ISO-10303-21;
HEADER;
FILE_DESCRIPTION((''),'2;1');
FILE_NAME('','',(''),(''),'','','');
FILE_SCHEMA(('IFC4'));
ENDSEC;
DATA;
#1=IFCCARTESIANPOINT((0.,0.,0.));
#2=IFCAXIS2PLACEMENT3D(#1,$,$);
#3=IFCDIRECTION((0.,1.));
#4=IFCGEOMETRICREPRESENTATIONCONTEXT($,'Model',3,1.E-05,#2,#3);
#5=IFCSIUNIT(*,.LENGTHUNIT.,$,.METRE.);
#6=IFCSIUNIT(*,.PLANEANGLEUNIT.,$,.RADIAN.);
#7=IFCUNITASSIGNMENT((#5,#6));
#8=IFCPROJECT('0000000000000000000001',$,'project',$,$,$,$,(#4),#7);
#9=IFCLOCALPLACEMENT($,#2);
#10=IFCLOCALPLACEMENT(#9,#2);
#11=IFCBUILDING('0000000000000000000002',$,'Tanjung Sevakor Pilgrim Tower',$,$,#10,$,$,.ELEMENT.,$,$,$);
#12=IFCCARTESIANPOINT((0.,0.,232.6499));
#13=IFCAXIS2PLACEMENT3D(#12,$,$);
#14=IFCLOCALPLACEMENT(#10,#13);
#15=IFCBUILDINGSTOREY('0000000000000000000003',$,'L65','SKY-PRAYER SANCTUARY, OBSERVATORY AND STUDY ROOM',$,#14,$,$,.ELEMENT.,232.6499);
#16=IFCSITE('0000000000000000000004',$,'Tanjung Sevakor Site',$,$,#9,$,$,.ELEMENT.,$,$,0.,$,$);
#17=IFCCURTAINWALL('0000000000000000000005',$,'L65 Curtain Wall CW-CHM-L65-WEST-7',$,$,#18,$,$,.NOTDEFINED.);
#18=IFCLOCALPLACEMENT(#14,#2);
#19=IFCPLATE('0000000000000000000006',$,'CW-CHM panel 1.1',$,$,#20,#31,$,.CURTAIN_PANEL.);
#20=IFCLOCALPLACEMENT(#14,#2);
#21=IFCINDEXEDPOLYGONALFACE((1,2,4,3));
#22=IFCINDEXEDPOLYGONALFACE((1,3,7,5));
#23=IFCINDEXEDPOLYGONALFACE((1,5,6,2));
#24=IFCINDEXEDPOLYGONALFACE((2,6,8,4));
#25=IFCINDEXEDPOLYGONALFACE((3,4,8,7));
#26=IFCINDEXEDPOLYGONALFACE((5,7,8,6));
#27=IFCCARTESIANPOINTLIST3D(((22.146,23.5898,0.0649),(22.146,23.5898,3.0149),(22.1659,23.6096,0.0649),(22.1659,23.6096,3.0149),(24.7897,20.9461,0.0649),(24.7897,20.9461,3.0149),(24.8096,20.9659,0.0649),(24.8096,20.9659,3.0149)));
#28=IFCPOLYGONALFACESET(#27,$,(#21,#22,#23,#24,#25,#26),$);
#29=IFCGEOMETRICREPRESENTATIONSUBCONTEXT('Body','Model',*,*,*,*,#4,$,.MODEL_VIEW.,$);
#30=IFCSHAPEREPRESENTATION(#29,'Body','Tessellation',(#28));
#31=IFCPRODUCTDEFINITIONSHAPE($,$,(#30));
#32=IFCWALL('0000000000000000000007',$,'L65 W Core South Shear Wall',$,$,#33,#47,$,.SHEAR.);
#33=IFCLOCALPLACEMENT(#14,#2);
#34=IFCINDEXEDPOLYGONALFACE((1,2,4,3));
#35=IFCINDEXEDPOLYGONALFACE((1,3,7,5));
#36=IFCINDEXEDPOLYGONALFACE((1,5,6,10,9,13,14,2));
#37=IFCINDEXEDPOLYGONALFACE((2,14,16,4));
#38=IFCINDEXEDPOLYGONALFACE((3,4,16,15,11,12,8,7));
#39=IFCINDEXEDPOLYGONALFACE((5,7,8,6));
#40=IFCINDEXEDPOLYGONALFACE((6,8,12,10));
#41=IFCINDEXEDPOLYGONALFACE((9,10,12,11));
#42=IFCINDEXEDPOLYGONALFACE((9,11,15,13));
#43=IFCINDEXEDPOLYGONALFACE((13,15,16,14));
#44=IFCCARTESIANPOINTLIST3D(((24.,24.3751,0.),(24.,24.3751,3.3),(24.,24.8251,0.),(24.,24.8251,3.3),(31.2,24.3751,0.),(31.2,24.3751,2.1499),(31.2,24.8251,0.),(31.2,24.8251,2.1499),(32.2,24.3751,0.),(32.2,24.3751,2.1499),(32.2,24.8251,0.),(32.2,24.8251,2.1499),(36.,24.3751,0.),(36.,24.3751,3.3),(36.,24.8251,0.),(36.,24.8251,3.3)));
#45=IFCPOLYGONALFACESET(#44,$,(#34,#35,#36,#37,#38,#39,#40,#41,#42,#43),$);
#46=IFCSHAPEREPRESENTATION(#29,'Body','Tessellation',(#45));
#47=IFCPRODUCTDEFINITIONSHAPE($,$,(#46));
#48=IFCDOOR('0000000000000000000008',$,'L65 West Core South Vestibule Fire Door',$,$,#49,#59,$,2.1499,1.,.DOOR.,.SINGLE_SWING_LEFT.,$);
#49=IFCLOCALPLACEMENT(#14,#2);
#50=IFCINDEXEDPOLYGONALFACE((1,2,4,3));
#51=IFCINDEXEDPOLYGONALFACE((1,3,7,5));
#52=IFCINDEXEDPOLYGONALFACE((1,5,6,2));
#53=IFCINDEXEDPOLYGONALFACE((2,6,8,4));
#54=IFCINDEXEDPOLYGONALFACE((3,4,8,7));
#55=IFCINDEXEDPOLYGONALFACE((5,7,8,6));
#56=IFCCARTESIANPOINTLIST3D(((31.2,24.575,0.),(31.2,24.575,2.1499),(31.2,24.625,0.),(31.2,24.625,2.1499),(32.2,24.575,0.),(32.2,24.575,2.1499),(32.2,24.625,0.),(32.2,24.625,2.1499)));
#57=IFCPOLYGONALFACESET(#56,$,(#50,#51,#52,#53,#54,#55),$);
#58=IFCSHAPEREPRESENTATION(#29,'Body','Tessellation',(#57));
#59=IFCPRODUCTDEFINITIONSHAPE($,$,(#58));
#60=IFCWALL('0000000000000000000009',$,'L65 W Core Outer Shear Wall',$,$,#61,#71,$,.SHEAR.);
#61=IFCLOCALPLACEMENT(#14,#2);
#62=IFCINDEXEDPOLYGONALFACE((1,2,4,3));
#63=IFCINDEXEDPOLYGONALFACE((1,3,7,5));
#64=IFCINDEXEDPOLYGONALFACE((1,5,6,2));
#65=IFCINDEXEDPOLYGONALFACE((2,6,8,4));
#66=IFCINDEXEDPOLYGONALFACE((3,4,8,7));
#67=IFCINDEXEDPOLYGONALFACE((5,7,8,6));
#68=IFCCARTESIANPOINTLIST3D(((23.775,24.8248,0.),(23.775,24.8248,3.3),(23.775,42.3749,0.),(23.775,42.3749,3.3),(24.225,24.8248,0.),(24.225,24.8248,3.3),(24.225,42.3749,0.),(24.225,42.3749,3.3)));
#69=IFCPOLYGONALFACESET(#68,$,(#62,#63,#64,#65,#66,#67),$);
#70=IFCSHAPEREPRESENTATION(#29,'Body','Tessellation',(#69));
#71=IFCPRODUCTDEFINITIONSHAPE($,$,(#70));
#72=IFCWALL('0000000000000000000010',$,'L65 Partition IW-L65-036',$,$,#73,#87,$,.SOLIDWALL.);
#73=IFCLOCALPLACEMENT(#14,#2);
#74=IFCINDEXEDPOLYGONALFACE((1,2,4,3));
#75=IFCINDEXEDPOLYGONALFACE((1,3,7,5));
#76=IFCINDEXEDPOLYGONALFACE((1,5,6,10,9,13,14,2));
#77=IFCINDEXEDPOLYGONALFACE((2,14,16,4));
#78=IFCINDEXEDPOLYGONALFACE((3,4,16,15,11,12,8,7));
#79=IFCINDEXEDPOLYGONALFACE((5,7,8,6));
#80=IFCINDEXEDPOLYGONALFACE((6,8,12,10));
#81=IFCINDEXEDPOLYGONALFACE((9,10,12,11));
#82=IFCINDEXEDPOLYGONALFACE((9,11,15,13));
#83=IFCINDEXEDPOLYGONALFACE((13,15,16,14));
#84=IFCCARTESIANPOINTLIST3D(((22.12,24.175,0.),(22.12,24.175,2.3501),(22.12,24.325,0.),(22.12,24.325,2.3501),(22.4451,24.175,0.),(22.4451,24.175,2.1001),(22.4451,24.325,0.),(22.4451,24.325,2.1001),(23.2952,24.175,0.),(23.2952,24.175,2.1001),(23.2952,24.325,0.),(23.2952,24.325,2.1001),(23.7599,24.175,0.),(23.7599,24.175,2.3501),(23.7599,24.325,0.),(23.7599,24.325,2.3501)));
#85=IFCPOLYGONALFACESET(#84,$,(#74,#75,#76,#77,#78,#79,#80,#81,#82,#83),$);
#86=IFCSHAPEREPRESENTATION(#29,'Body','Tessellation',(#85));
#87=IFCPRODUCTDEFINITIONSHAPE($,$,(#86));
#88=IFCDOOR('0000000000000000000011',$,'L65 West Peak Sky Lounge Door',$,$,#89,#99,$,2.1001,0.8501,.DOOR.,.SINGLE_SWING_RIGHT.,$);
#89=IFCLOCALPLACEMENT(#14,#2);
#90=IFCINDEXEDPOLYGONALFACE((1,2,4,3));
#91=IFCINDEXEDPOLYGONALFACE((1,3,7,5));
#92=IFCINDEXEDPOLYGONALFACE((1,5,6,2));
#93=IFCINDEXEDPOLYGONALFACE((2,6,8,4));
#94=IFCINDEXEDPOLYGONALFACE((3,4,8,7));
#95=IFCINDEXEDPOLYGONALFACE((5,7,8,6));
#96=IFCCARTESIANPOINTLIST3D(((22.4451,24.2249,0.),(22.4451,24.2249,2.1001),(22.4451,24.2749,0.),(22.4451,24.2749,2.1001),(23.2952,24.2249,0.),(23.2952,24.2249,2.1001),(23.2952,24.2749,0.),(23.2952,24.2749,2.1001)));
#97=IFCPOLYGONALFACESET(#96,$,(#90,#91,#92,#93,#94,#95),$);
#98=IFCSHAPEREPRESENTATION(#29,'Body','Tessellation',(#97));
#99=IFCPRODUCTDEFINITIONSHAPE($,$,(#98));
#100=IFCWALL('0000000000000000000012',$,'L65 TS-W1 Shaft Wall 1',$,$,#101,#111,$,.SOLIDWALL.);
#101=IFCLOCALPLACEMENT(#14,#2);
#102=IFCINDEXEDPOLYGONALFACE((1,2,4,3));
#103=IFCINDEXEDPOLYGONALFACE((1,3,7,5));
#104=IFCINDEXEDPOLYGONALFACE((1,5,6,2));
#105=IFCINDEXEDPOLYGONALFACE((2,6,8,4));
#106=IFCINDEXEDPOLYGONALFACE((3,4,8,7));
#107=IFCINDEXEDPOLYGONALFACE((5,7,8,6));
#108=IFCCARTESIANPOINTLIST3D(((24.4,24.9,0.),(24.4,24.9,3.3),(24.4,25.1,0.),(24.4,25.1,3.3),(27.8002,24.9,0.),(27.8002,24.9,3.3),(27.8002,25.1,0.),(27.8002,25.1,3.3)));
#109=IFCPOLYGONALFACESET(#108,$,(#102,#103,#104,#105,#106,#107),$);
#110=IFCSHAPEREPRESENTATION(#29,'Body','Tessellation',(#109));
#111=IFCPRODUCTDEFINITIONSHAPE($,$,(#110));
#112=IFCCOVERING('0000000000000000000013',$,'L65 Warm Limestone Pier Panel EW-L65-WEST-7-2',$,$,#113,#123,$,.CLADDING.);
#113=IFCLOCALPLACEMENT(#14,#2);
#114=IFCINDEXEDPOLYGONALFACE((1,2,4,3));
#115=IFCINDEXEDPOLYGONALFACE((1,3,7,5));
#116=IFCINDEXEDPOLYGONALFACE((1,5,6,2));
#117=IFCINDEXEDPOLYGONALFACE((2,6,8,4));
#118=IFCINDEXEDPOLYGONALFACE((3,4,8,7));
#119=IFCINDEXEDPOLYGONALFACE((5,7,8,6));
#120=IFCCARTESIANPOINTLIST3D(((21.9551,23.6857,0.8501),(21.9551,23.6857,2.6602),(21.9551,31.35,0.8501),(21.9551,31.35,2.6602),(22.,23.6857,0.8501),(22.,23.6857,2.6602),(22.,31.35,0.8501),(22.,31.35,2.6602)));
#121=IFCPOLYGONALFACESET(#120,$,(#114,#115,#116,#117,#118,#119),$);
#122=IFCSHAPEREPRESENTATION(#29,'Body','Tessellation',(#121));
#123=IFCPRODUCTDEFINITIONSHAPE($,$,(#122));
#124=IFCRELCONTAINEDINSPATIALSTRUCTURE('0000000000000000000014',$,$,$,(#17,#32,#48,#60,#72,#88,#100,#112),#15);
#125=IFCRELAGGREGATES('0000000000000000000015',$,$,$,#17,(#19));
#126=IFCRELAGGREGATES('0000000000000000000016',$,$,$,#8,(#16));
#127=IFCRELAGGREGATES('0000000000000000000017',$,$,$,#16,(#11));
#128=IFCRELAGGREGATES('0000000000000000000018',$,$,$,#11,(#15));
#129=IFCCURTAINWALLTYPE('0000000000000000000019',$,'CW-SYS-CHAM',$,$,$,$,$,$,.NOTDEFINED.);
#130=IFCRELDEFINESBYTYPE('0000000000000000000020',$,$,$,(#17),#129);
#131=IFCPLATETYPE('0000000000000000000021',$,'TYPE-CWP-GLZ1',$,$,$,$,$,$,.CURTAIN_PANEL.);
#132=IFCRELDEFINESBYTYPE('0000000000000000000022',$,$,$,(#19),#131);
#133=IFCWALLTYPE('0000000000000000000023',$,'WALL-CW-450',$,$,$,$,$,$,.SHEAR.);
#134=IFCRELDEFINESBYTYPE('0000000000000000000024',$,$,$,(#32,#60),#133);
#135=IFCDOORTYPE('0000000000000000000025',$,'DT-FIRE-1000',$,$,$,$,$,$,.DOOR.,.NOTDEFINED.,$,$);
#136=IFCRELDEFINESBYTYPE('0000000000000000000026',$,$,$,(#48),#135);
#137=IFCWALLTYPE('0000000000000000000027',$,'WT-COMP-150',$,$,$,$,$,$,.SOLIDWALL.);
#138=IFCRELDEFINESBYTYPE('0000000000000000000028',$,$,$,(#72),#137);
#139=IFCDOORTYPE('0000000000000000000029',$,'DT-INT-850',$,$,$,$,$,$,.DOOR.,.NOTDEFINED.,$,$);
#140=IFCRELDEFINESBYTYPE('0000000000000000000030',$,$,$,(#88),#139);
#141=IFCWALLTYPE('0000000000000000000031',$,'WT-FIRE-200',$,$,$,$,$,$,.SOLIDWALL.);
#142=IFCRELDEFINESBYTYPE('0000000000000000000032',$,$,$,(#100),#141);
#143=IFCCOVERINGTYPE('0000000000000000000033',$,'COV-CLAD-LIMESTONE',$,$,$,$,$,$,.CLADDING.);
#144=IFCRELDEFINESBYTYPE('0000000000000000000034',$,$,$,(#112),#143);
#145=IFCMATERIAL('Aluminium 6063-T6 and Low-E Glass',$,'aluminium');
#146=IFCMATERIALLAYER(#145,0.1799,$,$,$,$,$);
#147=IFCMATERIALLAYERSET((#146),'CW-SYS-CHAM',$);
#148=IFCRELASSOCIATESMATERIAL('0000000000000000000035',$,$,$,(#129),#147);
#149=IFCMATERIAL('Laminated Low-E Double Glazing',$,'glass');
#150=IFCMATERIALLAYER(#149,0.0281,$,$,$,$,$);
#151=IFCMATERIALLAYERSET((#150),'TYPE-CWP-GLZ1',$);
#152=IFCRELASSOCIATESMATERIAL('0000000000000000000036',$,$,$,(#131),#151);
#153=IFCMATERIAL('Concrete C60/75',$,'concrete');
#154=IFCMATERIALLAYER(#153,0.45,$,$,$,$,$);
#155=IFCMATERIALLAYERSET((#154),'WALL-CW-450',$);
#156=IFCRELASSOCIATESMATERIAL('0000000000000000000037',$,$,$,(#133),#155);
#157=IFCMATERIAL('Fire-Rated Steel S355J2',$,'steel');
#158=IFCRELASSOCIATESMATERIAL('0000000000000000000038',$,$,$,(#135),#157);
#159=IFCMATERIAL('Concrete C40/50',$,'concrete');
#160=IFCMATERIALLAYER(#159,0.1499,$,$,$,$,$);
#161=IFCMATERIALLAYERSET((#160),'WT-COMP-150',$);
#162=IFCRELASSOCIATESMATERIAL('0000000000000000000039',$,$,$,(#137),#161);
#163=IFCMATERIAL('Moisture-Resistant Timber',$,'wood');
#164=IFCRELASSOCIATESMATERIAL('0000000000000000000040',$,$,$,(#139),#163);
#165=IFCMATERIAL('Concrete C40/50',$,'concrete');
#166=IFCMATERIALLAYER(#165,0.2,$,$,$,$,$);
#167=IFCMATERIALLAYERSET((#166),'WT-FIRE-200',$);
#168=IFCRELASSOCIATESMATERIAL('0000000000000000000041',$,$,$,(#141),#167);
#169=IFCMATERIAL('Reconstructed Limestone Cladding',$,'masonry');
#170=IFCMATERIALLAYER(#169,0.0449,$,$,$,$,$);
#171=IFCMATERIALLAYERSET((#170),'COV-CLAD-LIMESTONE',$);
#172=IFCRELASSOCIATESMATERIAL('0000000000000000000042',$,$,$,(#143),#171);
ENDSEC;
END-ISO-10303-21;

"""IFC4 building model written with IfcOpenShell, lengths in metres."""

from ifc_helpers import new_model, si_unit, direction, frame, frame_2d, origin, origin_2d, place, context, subcontext, project, spatial, rectangle, extrude, material, layer, layer_set, type_object, element, fill, aggregate, save


model = new_model("IFC4")

# Units and contexts
model_context = context("Model", 3, precision=1e-05, world=origin(), true_north=direction((0.0, 1.0)))
body_context = subcontext(model_context, "Body", "Model", "MODEL_VIEW")
ifc_project = project(units=[si_unit("LENGTHUNIT", "METRE"), si_unit("PLANEANGLEUNIT", "RADIAN")], contexts=[model_context])

# Site, building, storey
site_placement = place(None, origin())
site = spatial("IfcSite", under=ifc_project, at=site_placement, Name="Tanjung Sevakor Site", CompositionType="ELEMENT", RefElevation=0.0)
building_placement = place(site_placement, origin())
building = spatial("IfcBuilding", under=site, at=building_placement, Name="Tanjung Sevakor Pilgrim Tower", CompositionType="ELEMENT")
storey_placement = place(building_placement, frame((0.0, 0.0, 232.6499)))
storey = spatial("IfcBuildingStorey", under=building, at=storey_placement, Name="L65", Description="SKY-PRAYER SANCTUARY, OBSERVATORY AND STUDY ROOM", CompositionType="ELEMENT", Elevation=232.6499)

# Curtain wall
ifc_material_1 = material(Name="Aluminium 6063-T6 and Low-E Glass", Category="aluminium")
ifc_layer_1 = layer(ifc_material_1, 0.1799)
ifc_layer_set_1 = layer_set([ifc_layer_1], Name="CW-SYS-CHAM")
curtain_wall_type = type_object("IfcCurtainWallType", Name="CW-SYS-CHAM", PredefinedType="NOTDEFINED", material=ifc_layer_set_1)
curtain_wall_placement = place(storey_placement, origin())
curtain_wall = element("IfcCurtainWall", 1, at=curtain_wall_placement, inside=storey, type_object=curtain_wall_type, Name="L65 Curtain Wall CW-CHM-L65-WEST-7", PredefinedType="NOTDEFINED")

# Plate
ifc_material_2 = material(Name="Laminated Low-E Double Glazing", Category="glass")
ifc_layer_2 = layer(ifc_material_2, 0.0281)
ifc_layer_set_2 = layer_set([ifc_layer_2], Name="TYPE-CWP-GLZ1")
plate_type = type_object("IfcPlateType", Name="TYPE-CWP-GLZ1", PredefinedType="CURTAIN_PANEL", material=ifc_layer_set_2)
plate_placement = place(storey_placement, frame((23.4778, 22.2778, 0.0649), z_axis=(0.0, 0.0, 1.0), x_axis=(0.707107, -0.707107, 0.0)))
plate = element("IfcPlate", 2, at=plate_placement, type_object=plate_type, Name="CW-CHM panel 1.1", PredefinedType="CURTAIN_PANEL", context=body_context, shape_type="SweptSolid", body=[
    extrude(rectangle(XDim=3.7388, YDim=0.0281, at=origin_2d()), origin(), (0.0, 0.0, 1.0), 2.95),
])
aggregate(curtain_wall, [plate])

# Wall, opening, door
ifc_material_3 = material(Name="Concrete C60/75", Category="concrete")
ifc_layer_3 = layer(ifc_material_3, 0.45)
ifc_layer_set_3 = layer_set([ifc_layer_3], Name="WALL-CW-450")
wall_type_1 = type_object("IfcWallType", Name="WALL-CW-450", PredefinedType="SHEAR", material=ifc_layer_set_3)
wall_1_placement = place(storey_placement, frame((24.0, 24.6001, 0.0), z_axis=(0.0, 0.0, 1.0), x_axis=(1.0, 0.0, 0.0)))
wall_1 = element("IfcWall", 3, at=wall_1_placement, inside=storey, type_object=wall_type_1, Name="L65 W Core South Shear Wall", PredefinedType="SHEAR", context=body_context, shape_type="SweptSolid", body=[
    extrude(rectangle(XDim=12.0, YDim=0.45, at=frame_2d((6.0, 0.0))), origin(), (0.0, 0.0, 1.0), 3.3),
])
opening_1_placement = place(wall_1_placement, frame((7.2, 0.0, 0.0)))
opening_1 = element("IfcOpeningElement", 4, at=opening_1_placement, cuts=wall_1, PredefinedType="OPENING", context=body_context, shape_type="SweptSolid", body=[
    extrude(rectangle(XDim=1.0, YDim=2.1499, at=frame_2d((0.5, 1.075))), frame((0.0, 0.2349, 0.0), z_axis=(0.0, -1.0, 0.0), x_axis=(1.0, 0.0, 0.0)), (0.0, 0.0, 1.0), 0.47),
])
ifc_material_4 = material(Name="Fire-Rated Steel S355J2", Category="steel")
door_type_1 = type_object("IfcDoorType", Name="DT-FIRE-1000", OperationType="NOTDEFINED", PredefinedType="DOOR", material=ifc_material_4)
door_1_placement = place(opening_1_placement, origin())
door_1 = element("IfcDoor", 5, at=door_1_placement, inside=storey, type_object=door_type_1, Name="L65 West Core South Vestibule Fire Door", OperationType="SINGLE_SWING_LEFT", OverallHeight=2.1499, OverallWidth=1.0, PredefinedType="DOOR", context=body_context, shape_type="SweptSolid", body=[
    extrude(rectangle(XDim=1.0, YDim=2.1499, at=frame_2d((0.5, 1.075))), frame((0.0, 0.0249, 0.0), z_axis=(0.0, -1.0, 0.0), x_axis=(1.0, 0.0, 0.0)), (0.0, 0.0, 1.0), 0.05),
])
fill(opening_1, door_1)

# Wall
wall_2_placement = place(storey_placement, frame((24.0, 24.825, 0.0), z_axis=(0.0, 0.0, 1.0), x_axis=(0.0, 1.0, 0.0)))
element("IfcWall", 6, at=wall_2_placement, inside=storey, type_object=wall_type_1, Name="L65 W Core Outer Shear Wall", PredefinedType="SHEAR", context=body_context, shape_type="SweptSolid", body=[
    extrude(rectangle(XDim=17.55, YDim=0.45, at=frame_2d((8.7749, 0.0))), origin(), (0.0, 0.0, 1.0), 3.3),
])

# Wall, opening, door
ifc_material_5 = material(Name="Concrete C40/50", Category="concrete")
ifc_layer_4 = layer(ifc_material_5, 0.1499)
ifc_layer_set_4 = layer_set([ifc_layer_4], Name="WT-COMP-150")
wall_type_2 = type_object("IfcWallType", Name="WT-COMP-150", PredefinedType="SOLIDWALL", material=ifc_layer_set_4)
wall_3_placement = place(storey_placement, frame((22.1201, 24.25, 0.0), z_axis=(0.0, 0.0, 1.0), x_axis=(1.0, 0.0, 0.0)))
wall_3 = element("IfcWall", 7, at=wall_3_placement, inside=storey, type_object=wall_type_2, Name="L65 Partition IW-L65-036", PredefinedType="SOLIDWALL", context=body_context, shape_type="SweptSolid", body=[
    extrude(rectangle(XDim=1.6399, YDim=0.1499, at=frame_2d((0.8198, 0.0))), origin(), (0.0, 0.0, 1.0), 2.3501),
])
opening_2_placement = place(wall_3_placement, frame((0.325, 0.0, 0.0)))
opening_2 = element("IfcOpeningElement", 8, at=opening_2_placement, cuts=wall_3, PredefinedType="OPENING", context=body_context, shape_type="SweptSolid", body=[
    extrude(rectangle(XDim=0.8501, YDim=2.1001, at=frame_2d((0.425, 1.05))), frame((0.0, 0.085, 0.0), z_axis=(0.0, -1.0, 0.0), x_axis=(1.0, 0.0, 0.0)), (0.0, 0.0, 1.0), 0.1699),
])
ifc_material_6 = material(Name="Moisture-Resistant Timber", Category="wood")
door_type_2 = type_object("IfcDoorType", Name="DT-INT-850", OperationType="NOTDEFINED", PredefinedType="DOOR", material=ifc_material_6)
door_2_placement = place(opening_2_placement, origin())
door_2 = element("IfcDoor", 9, at=door_2_placement, inside=storey, type_object=door_type_2, Name="L65 West Peak Sky Lounge Door", OperationType="SINGLE_SWING_RIGHT", OverallHeight=2.1001, OverallWidth=0.8501, PredefinedType="DOOR", context=body_context, shape_type="SweptSolid", body=[
    extrude(rectangle(XDim=0.8501, YDim=2.1001, at=frame_2d((0.425, 1.05))), frame((0.0, 0.0249, 0.0), z_axis=(0.0, -1.0, 0.0), x_axis=(1.0, 0.0, 0.0)), (0.0, 0.0, 1.0), 0.05),
])
fill(opening_2, door_2)

# Wall
ifc_material_7 = material(Name="Concrete C40/50", Category="concrete")
ifc_layer_5 = layer(ifc_material_7, 0.2)
ifc_layer_set_5 = layer_set([ifc_layer_5], Name="WT-FIRE-200")
wall_type_3 = type_object("IfcWallType", Name="WT-FIRE-200", PredefinedType="SOLIDWALL", material=ifc_layer_set_5)
wall_4_placement = place(storey_placement, frame((24.3999, 25.0, 0.0), z_axis=(0.0, 0.0, 1.0), x_axis=(1.0, 0.0, 0.0)))
element("IfcWall", 10, at=wall_4_placement, inside=storey, type_object=wall_type_3, Name="L65 TS-W1 Shaft Wall 1", PredefinedType="SOLIDWALL", context=body_context, shape_type="SweptSolid", body=[
    extrude(rectangle(XDim=3.4001, YDim=0.2, at=frame_2d((1.7002, 0.0))), origin(), (0.0, 0.0, 1.0), 3.3),
])

# Covering
ifc_material_8 = material(Name="Reconstructed Limestone Cladding", Category="masonry")
ifc_layer_6 = layer(ifc_material_8, 0.0449)
ifc_layer_set_6 = layer_set([ifc_layer_6], Name="COV-CLAD-LIMESTONE")
covering_type = type_object("IfcCoveringType", Name="COV-CLAD-LIMESTONE", PredefinedType="CLADDING", material=ifc_layer_set_6)
covering_placement = place(storey_placement, frame((21.9775, 27.5178, 0.8501), z_axis=(0.0, 0.0, 1.0), x_axis=(0.0, -1.0, 0.0)))
element("IfcCovering", 11, at=covering_placement, inside=storey, type_object=covering_type, Name="L65 Warm Limestone Pier Panel EW-L65-WEST-7-2", PredefinedType="CLADDING", context=body_context, shape_type="SweptSolid", body=[
    extrude(rectangle(XDim=7.6643, YDim=0.0449, at=origin_2d()), origin(), (0.0, 0.0, 1.0), 1.8101),
])

save(model, "model.ifc")
